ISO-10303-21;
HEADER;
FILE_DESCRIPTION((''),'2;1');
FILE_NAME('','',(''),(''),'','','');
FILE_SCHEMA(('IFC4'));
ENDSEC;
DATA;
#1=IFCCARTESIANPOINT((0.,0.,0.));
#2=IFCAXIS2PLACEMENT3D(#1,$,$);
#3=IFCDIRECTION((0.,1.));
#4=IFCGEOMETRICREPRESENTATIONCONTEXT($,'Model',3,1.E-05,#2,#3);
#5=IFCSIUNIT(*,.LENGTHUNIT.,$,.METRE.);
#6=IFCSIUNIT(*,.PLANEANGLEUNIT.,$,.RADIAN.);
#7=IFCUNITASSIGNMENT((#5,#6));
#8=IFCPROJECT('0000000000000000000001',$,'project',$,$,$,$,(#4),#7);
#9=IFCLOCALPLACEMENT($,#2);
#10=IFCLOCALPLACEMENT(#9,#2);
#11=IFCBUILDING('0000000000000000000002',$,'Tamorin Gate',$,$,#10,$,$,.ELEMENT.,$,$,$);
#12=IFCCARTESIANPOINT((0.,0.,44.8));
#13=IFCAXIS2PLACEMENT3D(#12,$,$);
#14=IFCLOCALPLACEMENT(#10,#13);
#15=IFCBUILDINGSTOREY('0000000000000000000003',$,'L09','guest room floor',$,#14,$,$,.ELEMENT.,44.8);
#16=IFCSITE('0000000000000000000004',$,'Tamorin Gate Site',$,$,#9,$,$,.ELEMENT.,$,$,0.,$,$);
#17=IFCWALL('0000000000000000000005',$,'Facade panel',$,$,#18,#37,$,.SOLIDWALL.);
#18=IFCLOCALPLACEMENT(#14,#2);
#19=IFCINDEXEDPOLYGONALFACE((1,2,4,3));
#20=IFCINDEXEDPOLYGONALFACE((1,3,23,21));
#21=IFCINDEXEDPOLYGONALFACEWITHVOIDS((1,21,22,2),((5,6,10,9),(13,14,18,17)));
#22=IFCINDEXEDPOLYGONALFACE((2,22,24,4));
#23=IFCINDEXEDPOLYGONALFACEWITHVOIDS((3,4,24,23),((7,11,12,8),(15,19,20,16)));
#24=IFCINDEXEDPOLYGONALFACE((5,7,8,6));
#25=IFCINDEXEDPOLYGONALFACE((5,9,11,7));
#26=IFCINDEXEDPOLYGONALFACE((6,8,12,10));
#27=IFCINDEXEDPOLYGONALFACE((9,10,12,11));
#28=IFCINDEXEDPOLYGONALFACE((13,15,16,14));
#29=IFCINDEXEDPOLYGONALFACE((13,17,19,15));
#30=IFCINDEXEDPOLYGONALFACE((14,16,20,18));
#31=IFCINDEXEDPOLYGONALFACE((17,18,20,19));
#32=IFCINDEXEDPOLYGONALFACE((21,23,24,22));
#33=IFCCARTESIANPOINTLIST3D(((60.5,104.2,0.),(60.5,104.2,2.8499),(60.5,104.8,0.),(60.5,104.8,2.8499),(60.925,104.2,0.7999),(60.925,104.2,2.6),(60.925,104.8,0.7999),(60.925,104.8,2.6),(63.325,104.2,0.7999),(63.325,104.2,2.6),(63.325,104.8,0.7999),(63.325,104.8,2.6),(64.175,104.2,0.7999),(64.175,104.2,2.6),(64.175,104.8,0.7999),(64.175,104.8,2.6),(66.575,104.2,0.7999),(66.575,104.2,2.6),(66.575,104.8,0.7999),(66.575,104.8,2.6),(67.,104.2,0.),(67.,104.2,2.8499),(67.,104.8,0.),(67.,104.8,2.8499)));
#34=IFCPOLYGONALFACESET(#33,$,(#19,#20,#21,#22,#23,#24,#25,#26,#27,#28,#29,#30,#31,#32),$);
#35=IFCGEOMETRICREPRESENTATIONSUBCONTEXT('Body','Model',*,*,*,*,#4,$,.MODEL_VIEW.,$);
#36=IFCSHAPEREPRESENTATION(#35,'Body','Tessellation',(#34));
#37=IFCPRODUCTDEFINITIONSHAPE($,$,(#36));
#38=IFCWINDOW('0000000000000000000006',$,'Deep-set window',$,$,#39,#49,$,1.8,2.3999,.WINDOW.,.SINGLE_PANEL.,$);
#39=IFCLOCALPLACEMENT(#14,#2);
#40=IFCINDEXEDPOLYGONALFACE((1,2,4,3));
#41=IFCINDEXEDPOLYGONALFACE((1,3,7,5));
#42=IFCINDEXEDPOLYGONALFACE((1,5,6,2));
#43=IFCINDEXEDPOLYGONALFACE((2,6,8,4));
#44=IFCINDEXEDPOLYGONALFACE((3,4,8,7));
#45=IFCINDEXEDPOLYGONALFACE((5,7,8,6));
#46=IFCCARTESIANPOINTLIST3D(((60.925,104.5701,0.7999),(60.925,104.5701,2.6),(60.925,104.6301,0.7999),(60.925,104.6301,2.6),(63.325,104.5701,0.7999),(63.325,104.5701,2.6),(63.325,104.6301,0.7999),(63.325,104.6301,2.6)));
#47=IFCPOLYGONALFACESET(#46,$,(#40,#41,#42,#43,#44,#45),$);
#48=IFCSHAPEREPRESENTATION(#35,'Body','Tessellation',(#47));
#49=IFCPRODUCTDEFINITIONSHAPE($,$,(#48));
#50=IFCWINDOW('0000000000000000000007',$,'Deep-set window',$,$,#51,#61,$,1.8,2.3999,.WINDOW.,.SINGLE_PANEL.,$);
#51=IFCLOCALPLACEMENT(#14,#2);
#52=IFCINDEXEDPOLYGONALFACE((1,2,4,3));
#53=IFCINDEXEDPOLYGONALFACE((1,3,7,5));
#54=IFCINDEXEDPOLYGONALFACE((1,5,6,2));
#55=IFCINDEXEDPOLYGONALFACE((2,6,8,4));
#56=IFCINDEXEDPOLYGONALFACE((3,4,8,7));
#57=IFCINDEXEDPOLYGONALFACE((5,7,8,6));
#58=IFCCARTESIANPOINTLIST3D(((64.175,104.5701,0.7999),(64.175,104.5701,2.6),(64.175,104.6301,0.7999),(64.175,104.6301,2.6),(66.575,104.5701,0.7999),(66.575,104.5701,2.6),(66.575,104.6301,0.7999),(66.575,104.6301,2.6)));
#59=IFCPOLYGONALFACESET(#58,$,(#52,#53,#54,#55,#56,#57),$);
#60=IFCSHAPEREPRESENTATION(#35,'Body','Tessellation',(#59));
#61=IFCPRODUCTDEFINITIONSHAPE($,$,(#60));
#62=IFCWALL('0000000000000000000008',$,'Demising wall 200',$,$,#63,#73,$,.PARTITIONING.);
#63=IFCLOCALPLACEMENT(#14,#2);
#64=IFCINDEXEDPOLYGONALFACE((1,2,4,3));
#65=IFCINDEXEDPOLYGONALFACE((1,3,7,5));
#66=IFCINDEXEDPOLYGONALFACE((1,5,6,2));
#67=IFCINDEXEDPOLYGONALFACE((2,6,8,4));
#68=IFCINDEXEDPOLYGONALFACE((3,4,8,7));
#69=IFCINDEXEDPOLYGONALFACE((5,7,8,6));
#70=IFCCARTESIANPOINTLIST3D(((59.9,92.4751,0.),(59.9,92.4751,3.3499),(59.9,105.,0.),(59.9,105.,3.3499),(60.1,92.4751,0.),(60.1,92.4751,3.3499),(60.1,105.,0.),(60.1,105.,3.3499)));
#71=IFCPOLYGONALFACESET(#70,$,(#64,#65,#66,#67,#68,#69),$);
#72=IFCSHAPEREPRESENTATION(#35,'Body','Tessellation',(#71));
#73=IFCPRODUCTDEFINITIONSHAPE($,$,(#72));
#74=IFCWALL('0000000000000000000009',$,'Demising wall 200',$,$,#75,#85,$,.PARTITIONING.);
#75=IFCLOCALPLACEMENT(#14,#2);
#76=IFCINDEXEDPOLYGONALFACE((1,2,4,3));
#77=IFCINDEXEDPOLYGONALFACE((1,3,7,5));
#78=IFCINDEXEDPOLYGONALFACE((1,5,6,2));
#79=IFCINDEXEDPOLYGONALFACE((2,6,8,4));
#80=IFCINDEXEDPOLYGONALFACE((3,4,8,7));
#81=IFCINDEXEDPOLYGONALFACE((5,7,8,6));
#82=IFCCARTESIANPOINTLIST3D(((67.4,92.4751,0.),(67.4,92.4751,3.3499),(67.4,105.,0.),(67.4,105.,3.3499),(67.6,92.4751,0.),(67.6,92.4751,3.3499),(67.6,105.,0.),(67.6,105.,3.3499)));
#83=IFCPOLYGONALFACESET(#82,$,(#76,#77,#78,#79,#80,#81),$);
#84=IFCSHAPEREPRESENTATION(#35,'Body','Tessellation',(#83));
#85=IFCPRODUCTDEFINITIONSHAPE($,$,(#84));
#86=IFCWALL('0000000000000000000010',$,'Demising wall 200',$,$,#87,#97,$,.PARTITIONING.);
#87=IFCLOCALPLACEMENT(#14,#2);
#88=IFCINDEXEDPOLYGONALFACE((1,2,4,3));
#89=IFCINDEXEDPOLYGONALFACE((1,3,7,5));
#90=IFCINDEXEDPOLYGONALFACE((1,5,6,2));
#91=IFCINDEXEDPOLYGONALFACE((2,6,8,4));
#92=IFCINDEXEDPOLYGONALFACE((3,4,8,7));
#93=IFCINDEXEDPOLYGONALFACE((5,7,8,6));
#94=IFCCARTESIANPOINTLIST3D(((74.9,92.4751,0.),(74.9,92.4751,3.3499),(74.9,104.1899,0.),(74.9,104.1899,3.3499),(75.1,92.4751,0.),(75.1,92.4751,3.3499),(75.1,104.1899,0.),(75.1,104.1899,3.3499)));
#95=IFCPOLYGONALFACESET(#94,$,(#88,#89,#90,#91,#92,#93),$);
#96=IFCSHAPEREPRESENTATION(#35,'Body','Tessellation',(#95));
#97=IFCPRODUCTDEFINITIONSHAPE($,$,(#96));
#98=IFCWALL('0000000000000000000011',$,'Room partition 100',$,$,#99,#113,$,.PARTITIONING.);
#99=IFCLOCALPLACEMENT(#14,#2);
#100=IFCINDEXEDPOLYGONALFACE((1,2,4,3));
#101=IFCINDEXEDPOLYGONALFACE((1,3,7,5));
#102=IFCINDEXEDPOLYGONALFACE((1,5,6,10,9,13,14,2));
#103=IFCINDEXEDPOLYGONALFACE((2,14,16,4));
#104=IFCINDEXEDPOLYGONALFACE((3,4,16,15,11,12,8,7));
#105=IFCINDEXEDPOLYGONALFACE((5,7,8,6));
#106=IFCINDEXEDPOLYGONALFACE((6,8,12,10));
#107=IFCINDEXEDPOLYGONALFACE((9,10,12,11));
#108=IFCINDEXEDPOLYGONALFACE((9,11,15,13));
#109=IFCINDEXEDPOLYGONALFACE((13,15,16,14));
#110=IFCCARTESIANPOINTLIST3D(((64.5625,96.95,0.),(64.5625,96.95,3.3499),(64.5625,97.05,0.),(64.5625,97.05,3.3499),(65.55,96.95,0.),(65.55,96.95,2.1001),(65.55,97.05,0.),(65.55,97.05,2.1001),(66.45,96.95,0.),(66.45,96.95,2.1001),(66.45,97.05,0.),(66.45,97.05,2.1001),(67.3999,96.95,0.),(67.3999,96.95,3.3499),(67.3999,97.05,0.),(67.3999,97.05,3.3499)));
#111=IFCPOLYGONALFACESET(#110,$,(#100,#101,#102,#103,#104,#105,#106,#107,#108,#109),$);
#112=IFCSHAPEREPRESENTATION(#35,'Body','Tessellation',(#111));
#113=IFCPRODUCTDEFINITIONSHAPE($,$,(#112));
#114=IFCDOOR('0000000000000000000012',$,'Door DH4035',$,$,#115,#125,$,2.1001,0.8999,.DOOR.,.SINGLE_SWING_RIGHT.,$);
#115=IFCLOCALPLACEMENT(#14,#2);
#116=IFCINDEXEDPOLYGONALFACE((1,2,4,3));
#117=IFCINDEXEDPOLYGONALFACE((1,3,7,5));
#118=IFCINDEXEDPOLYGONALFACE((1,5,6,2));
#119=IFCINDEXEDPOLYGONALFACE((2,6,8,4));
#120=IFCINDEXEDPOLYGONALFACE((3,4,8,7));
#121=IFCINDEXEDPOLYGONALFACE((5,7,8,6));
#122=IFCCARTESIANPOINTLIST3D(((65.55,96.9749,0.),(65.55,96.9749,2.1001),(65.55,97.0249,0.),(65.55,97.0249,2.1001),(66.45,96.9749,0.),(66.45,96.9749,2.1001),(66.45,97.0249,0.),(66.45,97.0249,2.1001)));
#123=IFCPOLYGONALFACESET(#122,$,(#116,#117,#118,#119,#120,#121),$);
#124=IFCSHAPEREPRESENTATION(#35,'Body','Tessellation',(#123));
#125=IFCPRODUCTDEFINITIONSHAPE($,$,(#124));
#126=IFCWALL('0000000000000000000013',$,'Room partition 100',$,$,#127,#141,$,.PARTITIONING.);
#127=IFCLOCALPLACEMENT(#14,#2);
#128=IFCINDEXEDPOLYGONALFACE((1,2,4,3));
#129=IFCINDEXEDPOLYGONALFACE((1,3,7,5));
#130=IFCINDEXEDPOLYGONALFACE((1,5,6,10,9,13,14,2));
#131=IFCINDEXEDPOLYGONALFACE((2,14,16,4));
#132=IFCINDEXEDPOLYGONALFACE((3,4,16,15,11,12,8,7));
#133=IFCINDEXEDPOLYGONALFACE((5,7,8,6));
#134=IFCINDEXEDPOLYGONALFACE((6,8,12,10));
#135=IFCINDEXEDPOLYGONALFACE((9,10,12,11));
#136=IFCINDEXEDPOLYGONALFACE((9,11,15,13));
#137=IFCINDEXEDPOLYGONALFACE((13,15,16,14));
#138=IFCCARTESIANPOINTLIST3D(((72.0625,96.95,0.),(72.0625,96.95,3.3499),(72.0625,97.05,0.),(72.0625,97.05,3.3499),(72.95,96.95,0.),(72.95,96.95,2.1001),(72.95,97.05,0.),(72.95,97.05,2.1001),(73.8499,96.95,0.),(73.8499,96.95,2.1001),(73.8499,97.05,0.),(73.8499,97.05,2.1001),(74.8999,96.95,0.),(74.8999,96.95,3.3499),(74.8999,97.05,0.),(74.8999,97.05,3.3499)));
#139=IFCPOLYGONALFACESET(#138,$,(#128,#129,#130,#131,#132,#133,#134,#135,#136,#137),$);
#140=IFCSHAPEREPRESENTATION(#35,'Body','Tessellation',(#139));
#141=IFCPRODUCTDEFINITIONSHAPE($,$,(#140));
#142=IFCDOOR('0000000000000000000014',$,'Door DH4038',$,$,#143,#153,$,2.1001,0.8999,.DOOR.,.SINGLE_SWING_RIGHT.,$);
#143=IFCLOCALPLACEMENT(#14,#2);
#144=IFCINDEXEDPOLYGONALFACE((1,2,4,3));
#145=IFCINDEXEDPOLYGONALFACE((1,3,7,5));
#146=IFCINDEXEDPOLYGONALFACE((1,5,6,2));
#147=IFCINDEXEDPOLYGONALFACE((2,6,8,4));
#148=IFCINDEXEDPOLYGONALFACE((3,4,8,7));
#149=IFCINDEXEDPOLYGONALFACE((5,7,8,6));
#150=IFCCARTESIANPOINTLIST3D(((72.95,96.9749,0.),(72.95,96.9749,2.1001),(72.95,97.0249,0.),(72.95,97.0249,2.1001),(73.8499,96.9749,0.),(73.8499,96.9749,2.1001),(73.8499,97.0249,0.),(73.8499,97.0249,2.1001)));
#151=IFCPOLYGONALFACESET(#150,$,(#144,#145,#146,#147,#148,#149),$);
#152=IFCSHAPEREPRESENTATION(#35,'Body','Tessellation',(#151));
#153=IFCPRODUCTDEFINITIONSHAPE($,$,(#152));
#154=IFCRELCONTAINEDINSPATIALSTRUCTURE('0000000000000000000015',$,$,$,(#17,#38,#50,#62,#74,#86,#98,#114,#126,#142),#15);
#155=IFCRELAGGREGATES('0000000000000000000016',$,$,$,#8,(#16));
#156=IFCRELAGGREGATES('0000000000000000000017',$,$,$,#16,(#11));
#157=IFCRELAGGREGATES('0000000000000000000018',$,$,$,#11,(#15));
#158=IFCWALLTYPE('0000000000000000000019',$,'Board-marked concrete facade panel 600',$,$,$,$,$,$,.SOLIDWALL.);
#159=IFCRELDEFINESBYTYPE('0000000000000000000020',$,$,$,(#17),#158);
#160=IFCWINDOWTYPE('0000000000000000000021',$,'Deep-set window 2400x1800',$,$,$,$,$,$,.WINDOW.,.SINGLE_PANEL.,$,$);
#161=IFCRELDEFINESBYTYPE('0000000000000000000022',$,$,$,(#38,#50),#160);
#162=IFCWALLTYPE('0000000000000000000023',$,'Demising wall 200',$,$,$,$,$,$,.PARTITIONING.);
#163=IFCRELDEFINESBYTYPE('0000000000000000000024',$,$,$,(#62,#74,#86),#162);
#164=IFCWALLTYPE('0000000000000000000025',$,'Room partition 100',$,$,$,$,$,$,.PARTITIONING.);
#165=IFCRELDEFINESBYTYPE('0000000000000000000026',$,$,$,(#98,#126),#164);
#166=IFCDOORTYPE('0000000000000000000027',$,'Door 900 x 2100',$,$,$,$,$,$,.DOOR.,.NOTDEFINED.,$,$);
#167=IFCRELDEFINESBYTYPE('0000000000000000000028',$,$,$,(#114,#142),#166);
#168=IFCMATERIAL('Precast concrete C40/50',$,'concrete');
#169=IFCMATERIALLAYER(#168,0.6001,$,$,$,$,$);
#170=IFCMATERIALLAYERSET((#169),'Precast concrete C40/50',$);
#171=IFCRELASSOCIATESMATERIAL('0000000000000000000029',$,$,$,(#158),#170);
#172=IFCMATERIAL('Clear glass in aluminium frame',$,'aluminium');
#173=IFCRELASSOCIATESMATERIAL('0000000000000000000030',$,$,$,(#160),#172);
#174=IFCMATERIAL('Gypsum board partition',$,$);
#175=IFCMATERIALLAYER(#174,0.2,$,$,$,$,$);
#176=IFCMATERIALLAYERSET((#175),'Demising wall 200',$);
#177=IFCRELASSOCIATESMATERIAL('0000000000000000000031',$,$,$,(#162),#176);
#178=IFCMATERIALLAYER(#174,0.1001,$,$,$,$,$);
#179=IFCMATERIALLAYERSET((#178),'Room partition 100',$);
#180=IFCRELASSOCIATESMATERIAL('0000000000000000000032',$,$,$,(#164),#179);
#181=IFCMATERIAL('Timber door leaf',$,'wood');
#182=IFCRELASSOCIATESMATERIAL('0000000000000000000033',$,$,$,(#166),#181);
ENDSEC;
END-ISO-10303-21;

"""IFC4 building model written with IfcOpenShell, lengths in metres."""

from ifc_helpers import new_model, si_unit, direction, frame, frame_2d, origin, place, context, subcontext, project, spatial, rectangle, extrude, material, layer, layer_set, type_object, element, fill, save


model = new_model("IFC4")

# Units and contexts
model_context = context("Model", 3, precision=1e-05, world=origin(), true_north=direction((0.0, 1.0)))
body_context = subcontext(model_context, "Body", "Model", "MODEL_VIEW")
ifc_project = project(units=[si_unit("LENGTHUNIT", "METRE"), si_unit("PLANEANGLEUNIT", "RADIAN")], contexts=[model_context])

# Site, building, storey
site_placement = place(None, origin())
site = spatial("IfcSite", under=ifc_project, at=site_placement, Name="Tamorin Gate Site", CompositionType="ELEMENT", RefElevation=0.0)
building_placement = place(site_placement, origin())
building = spatial("IfcBuilding", under=site, at=building_placement, Name="Tamorin Gate", CompositionType="ELEMENT")
storey_placement = place(building_placement, frame((0.0, 0.0, 44.8)))
storey = spatial("IfcBuildingStorey", under=building, at=storey_placement, Name="L09", Description="guest room floor", CompositionType="ELEMENT", Elevation=44.8)

# Wall, openings, windows
ifc_material_1 = material(Name="Precast concrete C40/50", Category="concrete")
ifc_layer_1 = layer(ifc_material_1, 0.6001)
ifc_layer_set_1 = layer_set([ifc_layer_1], Name="Precast concrete C40/50")
wall_type_1 = type_object("IfcWallType", Name="Board-marked concrete facade panel 600", PredefinedType="SOLIDWALL", material=ifc_layer_set_1)
ifc_material_2 = material(Name="Clear glass in aluminium frame", Category="aluminium")
window_type = type_object("IfcWindowType", Name="Deep-set window 2400x1800", PartitioningType="SINGLE_PANEL", PredefinedType="WINDOW", material=ifc_material_2)
wall_1_placement = place(storey_placement, frame((67.0, 104.5, 0.0), z_axis=(0.0, 0.0, 1.0), x_axis=(-1.0, 0.0, 0.0)))
wall_1 = element("IfcWall", 1, at=wall_1_placement, inside=storey, type_object=wall_type_1, Name="Facade panel", PredefinedType="SOLIDWALL", context=body_context, shape_type="SweptSolid", body=[
    extrude(rectangle(XDim=6.5, YDim=0.6001, at=frame_2d((3.25, 0.0))), origin(), (0.0, 0.0, 1.0), 2.8499),
])
opening_1_placement = place(wall_1_placement, frame((3.675, 0.0, 0.8)))
opening_1 = element("IfcOpeningElement", 2, at=opening_1_placement, cuts=wall_1, PredefinedType="OPENING", context=body_context, shape_type="SweptSolid", body=[
    extrude(rectangle(XDim=2.3999, YDim=1.8, at=frame_2d((1.2, 0.8999))), frame((0.0, 0.3101, 0.0), z_axis=(0.0, -1.0, 0.0), x_axis=(1.0, 0.0, 0.0)), (0.0, 0.0, 1.0), 0.6201),
])
opening_2_placement = place(wall_1_placement, frame((0.425, 0.0, 0.8)))
opening_2 = element("IfcOpeningElement", 3, at=opening_2_placement, cuts=wall_1, PredefinedType="OPENING", context=body_context, shape_type="SweptSolid", body=[
    extrude(rectangle(XDim=2.3999, YDim=1.8, at=frame_2d((1.2, 0.8999))), frame((0.0, 0.3101, 0.0), z_axis=(0.0, -1.0, 0.0), x_axis=(1.0, 0.0, 0.0)), (0.0, 0.0, 1.0), 0.6201),
])
window_1_placement = place(opening_1_placement, origin())
window_1 = element("IfcWindow", 4, at=window_1_placement, inside=storey, type_object=window_type, Name="Deep-set window", OverallHeight=1.8, OverallWidth=2.3999, PartitioningType="SINGLE_PANEL", PredefinedType="WINDOW", context=body_context, shape_type="SweptSolid", body=[
    extrude(rectangle(XDim=2.3999, YDim=1.8, at=frame_2d((1.2, 0.8999))), frame((0.0, -0.0701, 0.0), z_axis=(0.0, -1.0, 0.0), x_axis=(1.0, 0.0, 0.0)), (0.0, 0.0, 1.0), 0.0601),
])
fill(opening_1, window_1)
window_2_placement = place(opening_2_placement, origin())
window_2 = element("IfcWindow", 5, at=window_2_placement, inside=storey, type_object=window_type, Name="Deep-set window", OverallHeight=1.8, OverallWidth=2.3999, PartitioningType="SINGLE_PANEL", PredefinedType="WINDOW", context=body_context, shape_type="SweptSolid", body=[
    extrude(rectangle(XDim=2.3999, YDim=1.8, at=frame_2d((1.2, 0.8999))), frame((0.0, -0.0701, 0.0), z_axis=(0.0, -1.0, 0.0), x_axis=(1.0, 0.0, 0.0)), (0.0, 0.0, 1.0), 0.0601),
])
fill(opening_2, window_2)

# Walls
ifc_material_3 = material(Name="Gypsum board partition")
ifc_layer_2 = layer(ifc_material_3, 0.2)
ifc_layer_set_2 = layer_set([ifc_layer_2], Name="Demising wall 200")
wall_type_2 = type_object("IfcWallType", Name="Demising wall 200", PredefinedType="PARTITIONING", material=ifc_layer_set_2)
for number, where, z_axis, x_axis, name in (
    (6, (60.0, 92.4751, 0.0), (0.0, 0.0, 1.0), (0.0, 1.0, 0.0), "Demising wall 200"),
    (7, (67.5, 92.4751, 0.0), (0.0, 0.0, 1.0), (0.0, 1.0, 0.0), "Demising wall 200"),
):
    element("IfcWall", number, at=place(storey_placement, frame(where, z_axis=z_axis, x_axis=x_axis)), inside=storey, type_object=wall_type_2, Name=name, PredefinedType="PARTITIONING", context=body_context, shape_type="SweptSolid", body=[
        extrude(rectangle(XDim=12.5249, YDim=0.2, at=frame_2d((6.2625, 0.0))), origin(), (0.0, 0.0, 1.0), 3.3499),
    ])
wall_2_placement = place(storey_placement, frame((75.0, 92.4751, 0.0), z_axis=(0.0, 0.0, 1.0), x_axis=(0.0, 1.0, 0.0)))
element("IfcWall", 8, at=wall_2_placement, inside=storey, type_object=wall_type_2, Name="Demising wall 200", PredefinedType="PARTITIONING", context=body_context, shape_type="SweptSolid", body=[
    extrude(rectangle(XDim=11.7148, YDim=0.2, at=frame_2d((5.8574, 0.0))), origin(), (0.0, 0.0, 1.0), 3.3499),
])

# Walls, openings, doors
ifc_layer_3 = layer(ifc_material_3, 0.1001)
ifc_layer_set_3 = layer_set([ifc_layer_3], Name="Room partition 100")
wall_type_3 = type_object("IfcWallType", Name="Room partition 100", PredefinedType="PARTITIONING", material=ifc_layer_set_3)
wall_3_placement = place(storey_placement, frame((64.5625, 97.0, 0.0), z_axis=(0.0, 0.0, 1.0), x_axis=(1.0, 0.0, 0.0)))
wall_3 = element("IfcWall", 9, at=wall_3_placement, inside=storey, type_object=wall_type_3, Name="Room partition 100", PredefinedType="PARTITIONING", context=body_context, shape_type="SweptSolid", body=[
    extrude(rectangle(XDim=2.8374, YDim=0.1001, at=frame_2d((1.4187, 0.0))), origin(), (0.0, 0.0, 1.0), 3.3499),
])
opening_3_placement = place(wall_3_placement, frame((0.9875, 0.0, 0.0)))
opening_3 = element("IfcOpeningElement", 10, at=opening_3_placement, cuts=wall_3, PredefinedType="OPENING", context=body_context, shape_type="SweptSolid", body=[
    extrude(rectangle(XDim=0.8999, YDim=2.1001, at=frame_2d((0.45, 1.05))), frame((0.0, 0.0601, 0.0), z_axis=(0.0, -1.0, 0.0), x_axis=(1.0, 0.0, 0.0)), (0.0, 0.0, 1.0), 0.1201),
])
ifc_material_4 = material(Name="Timber door leaf", Category="wood")
door_type = type_object("IfcDoorType", Name="Door 900 x 2100", OperationType="NOTDEFINED", PredefinedType="DOOR", material=ifc_material_4)
door_1_placement = place(opening_3_placement, origin())
door_1 = element("IfcDoor", 11, at=door_1_placement, inside=storey, type_object=door_type, Name="Door DH4035", OperationType="SINGLE_SWING_RIGHT", OverallHeight=2.1001, OverallWidth=0.8999, PredefinedType="DOOR", context=body_context, shape_type="SweptSolid", body=[
    extrude(rectangle(XDim=0.8999, YDim=2.1001, at=frame_2d((0.45, 1.05))), frame((0.0, 0.0249, 0.0), z_axis=(0.0, -1.0, 0.0), x_axis=(1.0, 0.0, 0.0)), (0.0, 0.0, 1.0), 0.05),
])
fill(opening_3, door_1)
wall_4_placement = place(storey_placement, frame((72.0625, 97.0, 0.0), z_axis=(0.0, 0.0, 1.0), x_axis=(1.0, 0.0, 0.0)))
wall_4 = element("IfcWall", 12, at=wall_4_placement, inside=storey, type_object=wall_type_3, Name="Room partition 100", PredefinedType="PARTITIONING", context=body_context, shape_type="SweptSolid", body=[
    extrude(rectangle(XDim=2.8374, YDim=0.1001, at=frame_2d((1.4187, 0.0))), origin(), (0.0, 0.0, 1.0), 3.3499),
])
opening_4_placement = place(wall_4_placement, frame((0.8875, 0.0, 0.0)))
opening_4 = element("IfcOpeningElement", 13, at=opening_4_placement, cuts=wall_4, PredefinedType="OPENING", context=body_context, shape_type="SweptSolid", body=[
    extrude(rectangle(XDim=0.8999, YDim=2.1001, at=frame_2d((0.45, 1.05))), frame((0.0, 0.0601, 0.0), z_axis=(0.0, -1.0, 0.0), x_axis=(1.0, 0.0, 0.0)), (0.0, 0.0, 1.0), 0.1201),
])
door_2_placement = place(opening_4_placement, origin())
door_2 = element("IfcDoor", 14, at=door_2_placement, inside=storey, type_object=door_type, Name="Door DH4038", OperationType="SINGLE_SWING_RIGHT", OverallHeight=2.1001, OverallWidth=0.8999, PredefinedType="DOOR", context=body_context, shape_type="SweptSolid", body=[
    extrude(rectangle(XDim=0.8999, YDim=2.1001, at=frame_2d((0.45, 1.05))), frame((0.0, 0.0249, 0.0), z_axis=(0.0, -1.0, 0.0), x_axis=(1.0, 0.0, 0.0)), (0.0, 0.0, 1.0), 0.05),
])
fill(opening_4, door_2)

save(model, "model.ifc")
